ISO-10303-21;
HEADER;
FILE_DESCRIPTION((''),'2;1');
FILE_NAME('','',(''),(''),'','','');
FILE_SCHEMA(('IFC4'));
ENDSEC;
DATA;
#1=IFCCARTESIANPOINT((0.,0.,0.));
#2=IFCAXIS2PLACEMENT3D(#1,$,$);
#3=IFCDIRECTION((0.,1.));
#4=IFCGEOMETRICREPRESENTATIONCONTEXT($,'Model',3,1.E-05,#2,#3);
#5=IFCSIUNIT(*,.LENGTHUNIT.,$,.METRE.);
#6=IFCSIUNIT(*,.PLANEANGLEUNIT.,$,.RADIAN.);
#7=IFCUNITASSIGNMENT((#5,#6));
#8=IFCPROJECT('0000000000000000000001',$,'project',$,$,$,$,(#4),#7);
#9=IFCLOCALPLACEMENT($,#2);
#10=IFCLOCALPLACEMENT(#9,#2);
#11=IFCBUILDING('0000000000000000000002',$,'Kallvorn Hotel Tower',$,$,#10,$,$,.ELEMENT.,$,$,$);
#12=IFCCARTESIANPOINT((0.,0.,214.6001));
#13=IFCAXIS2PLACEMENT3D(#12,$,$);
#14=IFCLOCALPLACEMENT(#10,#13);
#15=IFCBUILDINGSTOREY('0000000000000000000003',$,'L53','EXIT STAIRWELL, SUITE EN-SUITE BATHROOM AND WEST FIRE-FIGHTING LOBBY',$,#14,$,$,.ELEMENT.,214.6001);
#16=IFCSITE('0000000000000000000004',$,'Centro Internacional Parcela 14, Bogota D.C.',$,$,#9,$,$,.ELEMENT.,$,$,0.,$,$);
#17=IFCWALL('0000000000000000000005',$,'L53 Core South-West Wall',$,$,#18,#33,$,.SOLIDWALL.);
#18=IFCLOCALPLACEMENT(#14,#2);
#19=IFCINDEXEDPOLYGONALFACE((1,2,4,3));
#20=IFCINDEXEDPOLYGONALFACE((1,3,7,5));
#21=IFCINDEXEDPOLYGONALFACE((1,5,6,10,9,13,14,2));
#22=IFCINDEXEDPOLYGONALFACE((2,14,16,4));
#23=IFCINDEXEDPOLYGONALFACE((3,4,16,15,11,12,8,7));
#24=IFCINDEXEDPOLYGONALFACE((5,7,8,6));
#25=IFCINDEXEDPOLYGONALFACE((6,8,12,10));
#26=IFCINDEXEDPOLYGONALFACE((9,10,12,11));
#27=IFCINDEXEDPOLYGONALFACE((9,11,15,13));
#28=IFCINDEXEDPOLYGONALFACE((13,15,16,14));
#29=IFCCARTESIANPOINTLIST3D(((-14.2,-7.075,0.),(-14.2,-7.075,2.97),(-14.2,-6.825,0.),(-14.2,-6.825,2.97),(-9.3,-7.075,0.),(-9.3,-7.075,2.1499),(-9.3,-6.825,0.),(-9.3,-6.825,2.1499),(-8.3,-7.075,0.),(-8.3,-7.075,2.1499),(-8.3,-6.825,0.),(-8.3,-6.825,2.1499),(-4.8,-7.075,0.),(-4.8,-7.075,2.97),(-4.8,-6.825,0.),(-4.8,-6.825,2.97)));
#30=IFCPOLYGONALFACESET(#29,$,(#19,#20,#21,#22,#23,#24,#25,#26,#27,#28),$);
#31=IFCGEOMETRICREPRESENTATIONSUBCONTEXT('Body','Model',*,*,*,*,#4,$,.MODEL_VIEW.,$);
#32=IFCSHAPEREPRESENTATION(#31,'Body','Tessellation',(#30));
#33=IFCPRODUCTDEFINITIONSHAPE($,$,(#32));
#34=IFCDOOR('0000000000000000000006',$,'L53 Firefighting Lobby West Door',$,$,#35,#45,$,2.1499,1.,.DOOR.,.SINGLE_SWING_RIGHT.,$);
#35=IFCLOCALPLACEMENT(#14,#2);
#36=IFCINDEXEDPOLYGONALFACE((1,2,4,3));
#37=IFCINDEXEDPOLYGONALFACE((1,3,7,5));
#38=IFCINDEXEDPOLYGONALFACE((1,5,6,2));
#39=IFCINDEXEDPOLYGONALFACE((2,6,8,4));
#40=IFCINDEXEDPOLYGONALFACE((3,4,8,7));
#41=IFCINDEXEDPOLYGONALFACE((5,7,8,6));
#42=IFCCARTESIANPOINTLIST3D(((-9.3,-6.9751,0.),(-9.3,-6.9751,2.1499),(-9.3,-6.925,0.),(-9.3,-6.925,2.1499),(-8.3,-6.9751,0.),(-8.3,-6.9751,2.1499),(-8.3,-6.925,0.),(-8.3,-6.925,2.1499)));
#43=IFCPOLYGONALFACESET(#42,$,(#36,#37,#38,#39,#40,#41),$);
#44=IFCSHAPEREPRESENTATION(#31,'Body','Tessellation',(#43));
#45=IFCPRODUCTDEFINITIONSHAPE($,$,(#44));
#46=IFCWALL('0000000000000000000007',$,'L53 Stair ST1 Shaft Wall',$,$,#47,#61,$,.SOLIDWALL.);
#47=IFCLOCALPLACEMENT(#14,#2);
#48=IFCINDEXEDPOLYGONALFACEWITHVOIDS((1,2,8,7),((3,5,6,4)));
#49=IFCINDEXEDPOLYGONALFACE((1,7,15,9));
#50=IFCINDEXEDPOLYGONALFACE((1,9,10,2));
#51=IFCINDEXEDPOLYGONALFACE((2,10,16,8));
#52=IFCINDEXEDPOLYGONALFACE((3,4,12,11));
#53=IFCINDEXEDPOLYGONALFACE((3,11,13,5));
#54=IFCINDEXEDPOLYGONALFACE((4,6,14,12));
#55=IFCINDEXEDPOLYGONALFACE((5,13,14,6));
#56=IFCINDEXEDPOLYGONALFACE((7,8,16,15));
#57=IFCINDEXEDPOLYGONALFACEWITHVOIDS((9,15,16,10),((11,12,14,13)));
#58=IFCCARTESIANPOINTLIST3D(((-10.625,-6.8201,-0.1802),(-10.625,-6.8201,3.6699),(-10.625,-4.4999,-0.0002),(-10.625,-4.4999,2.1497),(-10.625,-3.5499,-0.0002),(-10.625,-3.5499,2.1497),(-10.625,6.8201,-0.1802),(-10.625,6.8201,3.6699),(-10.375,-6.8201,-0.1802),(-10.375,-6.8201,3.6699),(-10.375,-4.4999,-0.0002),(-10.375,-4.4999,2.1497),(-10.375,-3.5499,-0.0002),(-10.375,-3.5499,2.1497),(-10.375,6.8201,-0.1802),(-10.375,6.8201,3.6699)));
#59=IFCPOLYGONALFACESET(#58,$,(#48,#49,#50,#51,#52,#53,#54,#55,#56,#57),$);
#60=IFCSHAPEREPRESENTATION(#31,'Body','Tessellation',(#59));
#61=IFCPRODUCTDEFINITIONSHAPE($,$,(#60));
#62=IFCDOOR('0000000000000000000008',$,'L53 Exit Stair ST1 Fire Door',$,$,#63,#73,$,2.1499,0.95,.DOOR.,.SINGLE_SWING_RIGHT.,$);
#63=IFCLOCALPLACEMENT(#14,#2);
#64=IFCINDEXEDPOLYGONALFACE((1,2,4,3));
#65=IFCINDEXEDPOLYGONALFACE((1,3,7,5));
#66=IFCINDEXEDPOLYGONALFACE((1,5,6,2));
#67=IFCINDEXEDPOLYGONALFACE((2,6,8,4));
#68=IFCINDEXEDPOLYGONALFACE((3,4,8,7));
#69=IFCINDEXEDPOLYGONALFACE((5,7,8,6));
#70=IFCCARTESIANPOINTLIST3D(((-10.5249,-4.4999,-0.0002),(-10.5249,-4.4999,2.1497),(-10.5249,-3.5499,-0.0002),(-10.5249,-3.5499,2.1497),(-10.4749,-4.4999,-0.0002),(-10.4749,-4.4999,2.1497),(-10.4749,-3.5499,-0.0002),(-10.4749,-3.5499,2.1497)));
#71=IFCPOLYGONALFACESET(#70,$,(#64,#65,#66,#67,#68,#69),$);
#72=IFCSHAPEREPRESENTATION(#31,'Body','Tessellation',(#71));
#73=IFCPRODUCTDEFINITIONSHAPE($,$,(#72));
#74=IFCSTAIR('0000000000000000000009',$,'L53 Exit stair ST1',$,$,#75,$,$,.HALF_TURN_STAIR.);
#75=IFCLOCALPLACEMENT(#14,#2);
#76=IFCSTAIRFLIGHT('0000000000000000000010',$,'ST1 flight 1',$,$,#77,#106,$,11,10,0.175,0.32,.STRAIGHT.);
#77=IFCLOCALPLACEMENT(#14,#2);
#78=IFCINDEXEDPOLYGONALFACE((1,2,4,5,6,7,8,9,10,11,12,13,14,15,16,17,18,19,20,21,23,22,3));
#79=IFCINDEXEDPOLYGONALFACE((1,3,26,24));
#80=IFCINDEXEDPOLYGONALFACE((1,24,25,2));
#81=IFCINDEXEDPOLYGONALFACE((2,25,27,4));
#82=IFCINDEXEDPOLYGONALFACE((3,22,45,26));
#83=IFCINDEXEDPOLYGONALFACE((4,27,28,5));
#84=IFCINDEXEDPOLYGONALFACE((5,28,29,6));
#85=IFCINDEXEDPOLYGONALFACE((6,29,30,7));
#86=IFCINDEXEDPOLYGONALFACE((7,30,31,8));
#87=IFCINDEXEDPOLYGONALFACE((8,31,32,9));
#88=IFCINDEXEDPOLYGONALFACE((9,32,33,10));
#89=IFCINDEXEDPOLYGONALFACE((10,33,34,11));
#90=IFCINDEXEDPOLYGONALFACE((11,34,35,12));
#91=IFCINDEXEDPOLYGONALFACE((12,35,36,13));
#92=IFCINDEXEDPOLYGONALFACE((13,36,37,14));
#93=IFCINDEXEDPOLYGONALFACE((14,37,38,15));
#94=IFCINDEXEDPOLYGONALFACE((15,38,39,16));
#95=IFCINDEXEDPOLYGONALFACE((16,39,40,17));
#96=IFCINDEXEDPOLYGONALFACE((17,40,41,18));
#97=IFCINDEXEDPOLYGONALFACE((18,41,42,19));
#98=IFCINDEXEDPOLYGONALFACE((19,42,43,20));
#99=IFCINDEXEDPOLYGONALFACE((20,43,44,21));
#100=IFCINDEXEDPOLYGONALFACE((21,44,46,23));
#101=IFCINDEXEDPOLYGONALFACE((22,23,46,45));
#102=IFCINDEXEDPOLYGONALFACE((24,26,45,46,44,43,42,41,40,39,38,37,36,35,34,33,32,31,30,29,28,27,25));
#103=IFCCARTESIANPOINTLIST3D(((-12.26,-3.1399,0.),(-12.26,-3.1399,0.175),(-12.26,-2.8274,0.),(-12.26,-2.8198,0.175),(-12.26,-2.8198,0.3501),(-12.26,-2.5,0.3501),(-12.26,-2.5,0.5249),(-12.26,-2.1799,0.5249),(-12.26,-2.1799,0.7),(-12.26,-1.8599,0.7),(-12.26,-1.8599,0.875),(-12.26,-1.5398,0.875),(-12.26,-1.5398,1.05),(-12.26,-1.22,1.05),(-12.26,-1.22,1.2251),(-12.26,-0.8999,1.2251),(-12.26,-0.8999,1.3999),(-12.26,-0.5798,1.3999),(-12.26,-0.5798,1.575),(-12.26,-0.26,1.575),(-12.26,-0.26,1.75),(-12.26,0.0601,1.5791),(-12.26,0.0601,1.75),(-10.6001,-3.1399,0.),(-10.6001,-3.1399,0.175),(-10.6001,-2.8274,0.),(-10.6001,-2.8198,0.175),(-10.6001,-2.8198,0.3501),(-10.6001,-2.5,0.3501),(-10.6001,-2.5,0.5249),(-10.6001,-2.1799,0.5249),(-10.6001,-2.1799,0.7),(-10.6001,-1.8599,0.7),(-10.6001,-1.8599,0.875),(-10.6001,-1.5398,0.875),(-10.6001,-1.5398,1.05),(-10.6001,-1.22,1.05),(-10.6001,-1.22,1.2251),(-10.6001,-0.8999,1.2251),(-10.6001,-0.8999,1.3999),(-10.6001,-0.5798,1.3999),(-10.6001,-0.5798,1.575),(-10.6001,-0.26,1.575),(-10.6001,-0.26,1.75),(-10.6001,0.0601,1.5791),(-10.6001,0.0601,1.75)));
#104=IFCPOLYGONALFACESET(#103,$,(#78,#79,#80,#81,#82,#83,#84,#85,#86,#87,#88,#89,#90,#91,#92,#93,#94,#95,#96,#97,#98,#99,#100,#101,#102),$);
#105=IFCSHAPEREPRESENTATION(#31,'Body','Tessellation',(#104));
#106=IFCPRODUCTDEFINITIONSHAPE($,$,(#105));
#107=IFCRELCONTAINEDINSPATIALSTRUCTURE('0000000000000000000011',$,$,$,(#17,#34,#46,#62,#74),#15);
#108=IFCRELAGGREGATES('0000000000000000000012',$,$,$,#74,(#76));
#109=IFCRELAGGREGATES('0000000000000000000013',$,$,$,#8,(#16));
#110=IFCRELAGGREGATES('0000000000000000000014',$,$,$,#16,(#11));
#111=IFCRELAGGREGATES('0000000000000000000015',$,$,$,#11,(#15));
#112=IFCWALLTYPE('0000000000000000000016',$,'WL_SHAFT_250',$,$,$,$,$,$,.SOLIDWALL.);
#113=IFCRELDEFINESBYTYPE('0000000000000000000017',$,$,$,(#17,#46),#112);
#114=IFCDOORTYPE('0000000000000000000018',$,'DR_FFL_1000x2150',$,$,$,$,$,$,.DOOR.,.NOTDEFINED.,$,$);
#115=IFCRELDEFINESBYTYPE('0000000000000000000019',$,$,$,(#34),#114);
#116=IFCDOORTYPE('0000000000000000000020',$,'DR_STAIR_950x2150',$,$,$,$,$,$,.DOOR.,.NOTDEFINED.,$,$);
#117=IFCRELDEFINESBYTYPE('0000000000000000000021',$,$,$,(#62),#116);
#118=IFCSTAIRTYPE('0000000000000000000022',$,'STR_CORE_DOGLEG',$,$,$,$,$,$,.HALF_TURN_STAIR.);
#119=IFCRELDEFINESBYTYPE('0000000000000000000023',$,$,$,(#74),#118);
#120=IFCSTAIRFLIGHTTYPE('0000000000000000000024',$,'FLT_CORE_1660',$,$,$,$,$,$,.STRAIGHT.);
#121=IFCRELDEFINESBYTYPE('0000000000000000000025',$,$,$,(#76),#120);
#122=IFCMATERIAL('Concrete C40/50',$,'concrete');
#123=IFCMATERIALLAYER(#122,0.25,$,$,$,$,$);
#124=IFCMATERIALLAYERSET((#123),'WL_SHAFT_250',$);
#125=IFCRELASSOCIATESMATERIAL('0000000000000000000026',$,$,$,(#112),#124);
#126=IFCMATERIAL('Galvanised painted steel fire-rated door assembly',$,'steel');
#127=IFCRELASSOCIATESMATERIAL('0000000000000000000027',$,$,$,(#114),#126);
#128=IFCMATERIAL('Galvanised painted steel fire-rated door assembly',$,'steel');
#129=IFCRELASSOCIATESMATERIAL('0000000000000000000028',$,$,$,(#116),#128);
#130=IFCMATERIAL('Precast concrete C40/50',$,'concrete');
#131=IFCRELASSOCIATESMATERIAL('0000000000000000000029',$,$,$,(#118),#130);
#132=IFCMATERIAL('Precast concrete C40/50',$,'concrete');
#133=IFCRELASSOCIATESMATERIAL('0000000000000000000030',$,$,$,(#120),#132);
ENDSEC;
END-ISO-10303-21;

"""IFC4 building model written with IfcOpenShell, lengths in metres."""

from ifc_helpers import new_model, si_unit, direction, frame, frame_2d, origin, place, context, subcontext, project, spatial, polyline, rectangle, outline, extrude, material, layer, layer_set, type_object, element, fill, aggregate, save


model = new_model("IFC4")

# Units and contexts
model_context = context("Model", 3, precision=1e-05, world=origin(), true_north=direction((0.0, 1.0)))
body_context = subcontext(model_context, "Body", "Model", "MODEL_VIEW")
ifc_project = project(units=[si_unit("LENGTHUNIT", "METRE"), si_unit("PLANEANGLEUNIT", "RADIAN")], contexts=[model_context])

# Site, building, storey
site_placement = place(None, origin())
site = spatial("IfcSite", under=ifc_project, at=site_placement, Name="Centro Internacional Parcela 14, Bogota D.C.", CompositionType="ELEMENT", RefElevation=0.0)
building_placement = place(site_placement, origin())
building = spatial("IfcBuilding", under=site, at=building_placement, Name="Kallvorn Hotel Tower", CompositionType="ELEMENT")
storey_placement = place(building_placement, frame((0.0, 0.0, 214.6001)))
storey = spatial("IfcBuildingStorey", under=building, at=storey_placement, Name="L53", Description="EXIT STAIRWELL, SUITE EN-SUITE BATHROOM AND WEST FIRE-FIGHTING LOBBY", CompositionType="ELEMENT", Elevation=214.6001)

# Walls, openings, doors
ifc_material_1 = material(Name="Concrete C40/50", Category="concrete")
ifc_layer_1 = layer(ifc_material_1, 0.25)
ifc_layer_set_1 = layer_set([ifc_layer_1], Name="WL_SHAFT_250")
wall_type_1 = type_object("IfcWallType", Name="WL_SHAFT_250", PredefinedType="SOLIDWALL", material=ifc_layer_set_1)
wall_1_placement = place(storey_placement, frame((-14.2, -6.95, 0.0), z_axis=(0.0, 0.0, 1.0), x_axis=(1.0, 0.0, 0.0)))
wall_1 = element("IfcWall", 1, at=wall_1_placement, inside=storey, type_object=wall_type_1, Name="L53 Core South-West Wall", PredefinedType="SOLIDWALL", context=body_context, shape_type="SweptSolid", body=[
    extrude(rectangle(XDim=9.3999, YDim=0.25, at=frame_2d((4.7, 0.0))), origin(), (0.0, 0.0, 1.0), 2.97),
])
opening_1_placement = place(wall_1_placement, frame((4.8999, 0.0, 0.0)))
opening_1 = element("IfcOpeningElement", 2, at=opening_1_placement, cuts=wall_1, PredefinedType="OPENING", context=body_context, shape_type="SweptSolid", body=[
    extrude(rectangle(XDim=1.0, YDim=2.1499, at=frame_2d((0.5, 1.075))), frame((0.0, 0.1399, 0.0), z_axis=(0.0, -1.0, 0.0), x_axis=(1.0, 0.0, 0.0)), (0.0, 0.0, 1.0), 0.28),
])
ifc_material_2 = material(Name="Galvanised painted steel fire-rated door assembly", Category="steel")
door_type_1 = type_object("IfcDoorType", Name="DR_FFL_1000x2150", OperationType="NOTDEFINED", PredefinedType="DOOR", material=ifc_material_2)
door_1_placement = place(opening_1_placement, origin())
door_1 = element("IfcDoor", 3, at=door_1_placement, inside=storey, type_object=door_type_1, Name="L53 Firefighting Lobby West Door", OperationType="SINGLE_SWING_RIGHT", OverallHeight=2.1499, OverallWidth=1.0, PredefinedType="DOOR", context=body_context, shape_type="SweptSolid", body=[
    extrude(rectangle(XDim=1.0, YDim=2.1499, at=frame_2d((0.5, 1.075))), frame((0.0, 0.0249, 0.0), z_axis=(0.0, -1.0, 0.0), x_axis=(1.0, 0.0, 0.0)), (0.0, 0.0, 1.0), 0.05),
])
fill(opening_1, door_1)
wall_2_placement = place(storey_placement, frame((-10.5, -6.8201, -0.1802), z_axis=(0.0, 0.0, 1.0), x_axis=(0.0, 1.0, 0.0)))
wall_2 = element("IfcWall", 4, at=wall_2_placement, inside=storey, type_object=wall_type_1, Name="L53 Stair ST1 Shaft Wall", PredefinedType="SOLIDWALL", context=body_context, shape_type="SweptSolid", body=[
    extrude(rectangle(XDim=13.6401, YDim=0.25, at=frame_2d((6.8201, 0.0))), origin(), (0.0, 0.0, 1.0), 3.8501),
])
opening_2_placement = place(wall_2_placement, frame((2.3201, 0.0, 0.1799)))
opening_2 = element("IfcOpeningElement", 5, at=opening_2_placement, cuts=wall_2, PredefinedType="OPENING", context=body_context, shape_type="SweptSolid", body=[
    extrude(rectangle(XDim=0.95, YDim=2.1499, at=frame_2d((0.4751, 1.075))), frame((0.0, 0.1399, 0.0), z_axis=(0.0, -1.0, 0.0), x_axis=(1.0, 0.0, 0.0)), (0.0, 0.0, 1.0), 0.28),
])
ifc_material_3 = material(Name="Galvanised painted steel fire-rated door assembly", Category="steel")
door_type_2 = type_object("IfcDoorType", Name="DR_STAIR_950x2150", OperationType="NOTDEFINED", PredefinedType="DOOR", material=ifc_material_3)
door_2_placement = place(opening_2_placement, origin())
door_2 = element("IfcDoor", 6, at=door_2_placement, inside=storey, type_object=door_type_2, Name="L53 Exit Stair ST1 Fire Door", OperationType="SINGLE_SWING_RIGHT", OverallHeight=2.1499, OverallWidth=0.95, PredefinedType="DOOR", context=body_context, shape_type="SweptSolid", body=[
    extrude(rectangle(XDim=0.95, YDim=2.1499, at=frame_2d((0.4751, 1.075))), frame((0.0, 0.0249, 0.0), z_axis=(0.0, -1.0, 0.0), x_axis=(1.0, 0.0, 0.0)), (0.0, 0.0, 1.0), 0.05),
])
fill(opening_2, door_2)

# Stair, stair flight
ifc_material_4 = material(Name="Precast concrete C40/50", Category="concrete")
stair_type = type_object("IfcStairType", Name="STR_CORE_DOGLEG", PredefinedType="HALF_TURN_STAIR", material=ifc_material_4)
stair_placement = place(storey_placement, origin())
stair = element("IfcStair", 7, at=stair_placement, inside=storey, type_object=stair_type, Name="L53 Exit stair ST1", PredefinedType="HALF_TURN_STAIR")
ifc_material_5 = material(Name="Precast concrete C40/50", Category="concrete")
stair_flight_type = type_object("IfcStairFlightType", Name="FLT_CORE_1660", PredefinedType="STRAIGHT", material=ifc_material_5)
stair_flight_placement = place(storey_placement, frame((-11.4299, -3.1399, 0.0), z_axis=(0.0, 0.0, 1.0), x_axis=(0.0, 1.0, 0.0)))
stair_flight = element("IfcStairFlight", 8, at=stair_flight_placement, type_object=stair_flight_type, Name="ST1 flight 1", NumberOfRisers=11, NumberOfTreads=10, PredefinedType="STRAIGHT", RiserHeight=0.175, TreadLength=0.32, context=body_context, shape_type="SweptSolid", body=[
    extrude(outline(polyline([(0.0, 0.0), (0.0, 0.175), (0.3201, 0.175), (0.3201, 0.3501), (0.6399, 0.3501), (0.6399, 0.5249), (0.96, 0.5249), (0.96, 0.7), (1.28, 0.7), (1.28, 0.875), (1.6001, 0.875), (1.6001, 1.05), (1.9199, 1.05), (1.9199, 1.2251), (2.24, 1.2251), (2.24, 1.3999), (2.5601, 1.3999), (2.5601, 1.575), (2.8799, 1.575), (2.8799, 1.75), (3.2, 1.75), (3.2, 1.925), (3.2, 1.5791), (0.3125, 0.0), (0.0, 0.0)])), frame((0.0, 0.8301, 0.0), z_axis=(0.0, -1.0, 0.0), x_axis=(1.0, 0.0, 0.0)), (0.0, 0.0, 1.0), 1.6599),
])
aggregate(stair, [stair_flight])

save(model, "model.ifc")
